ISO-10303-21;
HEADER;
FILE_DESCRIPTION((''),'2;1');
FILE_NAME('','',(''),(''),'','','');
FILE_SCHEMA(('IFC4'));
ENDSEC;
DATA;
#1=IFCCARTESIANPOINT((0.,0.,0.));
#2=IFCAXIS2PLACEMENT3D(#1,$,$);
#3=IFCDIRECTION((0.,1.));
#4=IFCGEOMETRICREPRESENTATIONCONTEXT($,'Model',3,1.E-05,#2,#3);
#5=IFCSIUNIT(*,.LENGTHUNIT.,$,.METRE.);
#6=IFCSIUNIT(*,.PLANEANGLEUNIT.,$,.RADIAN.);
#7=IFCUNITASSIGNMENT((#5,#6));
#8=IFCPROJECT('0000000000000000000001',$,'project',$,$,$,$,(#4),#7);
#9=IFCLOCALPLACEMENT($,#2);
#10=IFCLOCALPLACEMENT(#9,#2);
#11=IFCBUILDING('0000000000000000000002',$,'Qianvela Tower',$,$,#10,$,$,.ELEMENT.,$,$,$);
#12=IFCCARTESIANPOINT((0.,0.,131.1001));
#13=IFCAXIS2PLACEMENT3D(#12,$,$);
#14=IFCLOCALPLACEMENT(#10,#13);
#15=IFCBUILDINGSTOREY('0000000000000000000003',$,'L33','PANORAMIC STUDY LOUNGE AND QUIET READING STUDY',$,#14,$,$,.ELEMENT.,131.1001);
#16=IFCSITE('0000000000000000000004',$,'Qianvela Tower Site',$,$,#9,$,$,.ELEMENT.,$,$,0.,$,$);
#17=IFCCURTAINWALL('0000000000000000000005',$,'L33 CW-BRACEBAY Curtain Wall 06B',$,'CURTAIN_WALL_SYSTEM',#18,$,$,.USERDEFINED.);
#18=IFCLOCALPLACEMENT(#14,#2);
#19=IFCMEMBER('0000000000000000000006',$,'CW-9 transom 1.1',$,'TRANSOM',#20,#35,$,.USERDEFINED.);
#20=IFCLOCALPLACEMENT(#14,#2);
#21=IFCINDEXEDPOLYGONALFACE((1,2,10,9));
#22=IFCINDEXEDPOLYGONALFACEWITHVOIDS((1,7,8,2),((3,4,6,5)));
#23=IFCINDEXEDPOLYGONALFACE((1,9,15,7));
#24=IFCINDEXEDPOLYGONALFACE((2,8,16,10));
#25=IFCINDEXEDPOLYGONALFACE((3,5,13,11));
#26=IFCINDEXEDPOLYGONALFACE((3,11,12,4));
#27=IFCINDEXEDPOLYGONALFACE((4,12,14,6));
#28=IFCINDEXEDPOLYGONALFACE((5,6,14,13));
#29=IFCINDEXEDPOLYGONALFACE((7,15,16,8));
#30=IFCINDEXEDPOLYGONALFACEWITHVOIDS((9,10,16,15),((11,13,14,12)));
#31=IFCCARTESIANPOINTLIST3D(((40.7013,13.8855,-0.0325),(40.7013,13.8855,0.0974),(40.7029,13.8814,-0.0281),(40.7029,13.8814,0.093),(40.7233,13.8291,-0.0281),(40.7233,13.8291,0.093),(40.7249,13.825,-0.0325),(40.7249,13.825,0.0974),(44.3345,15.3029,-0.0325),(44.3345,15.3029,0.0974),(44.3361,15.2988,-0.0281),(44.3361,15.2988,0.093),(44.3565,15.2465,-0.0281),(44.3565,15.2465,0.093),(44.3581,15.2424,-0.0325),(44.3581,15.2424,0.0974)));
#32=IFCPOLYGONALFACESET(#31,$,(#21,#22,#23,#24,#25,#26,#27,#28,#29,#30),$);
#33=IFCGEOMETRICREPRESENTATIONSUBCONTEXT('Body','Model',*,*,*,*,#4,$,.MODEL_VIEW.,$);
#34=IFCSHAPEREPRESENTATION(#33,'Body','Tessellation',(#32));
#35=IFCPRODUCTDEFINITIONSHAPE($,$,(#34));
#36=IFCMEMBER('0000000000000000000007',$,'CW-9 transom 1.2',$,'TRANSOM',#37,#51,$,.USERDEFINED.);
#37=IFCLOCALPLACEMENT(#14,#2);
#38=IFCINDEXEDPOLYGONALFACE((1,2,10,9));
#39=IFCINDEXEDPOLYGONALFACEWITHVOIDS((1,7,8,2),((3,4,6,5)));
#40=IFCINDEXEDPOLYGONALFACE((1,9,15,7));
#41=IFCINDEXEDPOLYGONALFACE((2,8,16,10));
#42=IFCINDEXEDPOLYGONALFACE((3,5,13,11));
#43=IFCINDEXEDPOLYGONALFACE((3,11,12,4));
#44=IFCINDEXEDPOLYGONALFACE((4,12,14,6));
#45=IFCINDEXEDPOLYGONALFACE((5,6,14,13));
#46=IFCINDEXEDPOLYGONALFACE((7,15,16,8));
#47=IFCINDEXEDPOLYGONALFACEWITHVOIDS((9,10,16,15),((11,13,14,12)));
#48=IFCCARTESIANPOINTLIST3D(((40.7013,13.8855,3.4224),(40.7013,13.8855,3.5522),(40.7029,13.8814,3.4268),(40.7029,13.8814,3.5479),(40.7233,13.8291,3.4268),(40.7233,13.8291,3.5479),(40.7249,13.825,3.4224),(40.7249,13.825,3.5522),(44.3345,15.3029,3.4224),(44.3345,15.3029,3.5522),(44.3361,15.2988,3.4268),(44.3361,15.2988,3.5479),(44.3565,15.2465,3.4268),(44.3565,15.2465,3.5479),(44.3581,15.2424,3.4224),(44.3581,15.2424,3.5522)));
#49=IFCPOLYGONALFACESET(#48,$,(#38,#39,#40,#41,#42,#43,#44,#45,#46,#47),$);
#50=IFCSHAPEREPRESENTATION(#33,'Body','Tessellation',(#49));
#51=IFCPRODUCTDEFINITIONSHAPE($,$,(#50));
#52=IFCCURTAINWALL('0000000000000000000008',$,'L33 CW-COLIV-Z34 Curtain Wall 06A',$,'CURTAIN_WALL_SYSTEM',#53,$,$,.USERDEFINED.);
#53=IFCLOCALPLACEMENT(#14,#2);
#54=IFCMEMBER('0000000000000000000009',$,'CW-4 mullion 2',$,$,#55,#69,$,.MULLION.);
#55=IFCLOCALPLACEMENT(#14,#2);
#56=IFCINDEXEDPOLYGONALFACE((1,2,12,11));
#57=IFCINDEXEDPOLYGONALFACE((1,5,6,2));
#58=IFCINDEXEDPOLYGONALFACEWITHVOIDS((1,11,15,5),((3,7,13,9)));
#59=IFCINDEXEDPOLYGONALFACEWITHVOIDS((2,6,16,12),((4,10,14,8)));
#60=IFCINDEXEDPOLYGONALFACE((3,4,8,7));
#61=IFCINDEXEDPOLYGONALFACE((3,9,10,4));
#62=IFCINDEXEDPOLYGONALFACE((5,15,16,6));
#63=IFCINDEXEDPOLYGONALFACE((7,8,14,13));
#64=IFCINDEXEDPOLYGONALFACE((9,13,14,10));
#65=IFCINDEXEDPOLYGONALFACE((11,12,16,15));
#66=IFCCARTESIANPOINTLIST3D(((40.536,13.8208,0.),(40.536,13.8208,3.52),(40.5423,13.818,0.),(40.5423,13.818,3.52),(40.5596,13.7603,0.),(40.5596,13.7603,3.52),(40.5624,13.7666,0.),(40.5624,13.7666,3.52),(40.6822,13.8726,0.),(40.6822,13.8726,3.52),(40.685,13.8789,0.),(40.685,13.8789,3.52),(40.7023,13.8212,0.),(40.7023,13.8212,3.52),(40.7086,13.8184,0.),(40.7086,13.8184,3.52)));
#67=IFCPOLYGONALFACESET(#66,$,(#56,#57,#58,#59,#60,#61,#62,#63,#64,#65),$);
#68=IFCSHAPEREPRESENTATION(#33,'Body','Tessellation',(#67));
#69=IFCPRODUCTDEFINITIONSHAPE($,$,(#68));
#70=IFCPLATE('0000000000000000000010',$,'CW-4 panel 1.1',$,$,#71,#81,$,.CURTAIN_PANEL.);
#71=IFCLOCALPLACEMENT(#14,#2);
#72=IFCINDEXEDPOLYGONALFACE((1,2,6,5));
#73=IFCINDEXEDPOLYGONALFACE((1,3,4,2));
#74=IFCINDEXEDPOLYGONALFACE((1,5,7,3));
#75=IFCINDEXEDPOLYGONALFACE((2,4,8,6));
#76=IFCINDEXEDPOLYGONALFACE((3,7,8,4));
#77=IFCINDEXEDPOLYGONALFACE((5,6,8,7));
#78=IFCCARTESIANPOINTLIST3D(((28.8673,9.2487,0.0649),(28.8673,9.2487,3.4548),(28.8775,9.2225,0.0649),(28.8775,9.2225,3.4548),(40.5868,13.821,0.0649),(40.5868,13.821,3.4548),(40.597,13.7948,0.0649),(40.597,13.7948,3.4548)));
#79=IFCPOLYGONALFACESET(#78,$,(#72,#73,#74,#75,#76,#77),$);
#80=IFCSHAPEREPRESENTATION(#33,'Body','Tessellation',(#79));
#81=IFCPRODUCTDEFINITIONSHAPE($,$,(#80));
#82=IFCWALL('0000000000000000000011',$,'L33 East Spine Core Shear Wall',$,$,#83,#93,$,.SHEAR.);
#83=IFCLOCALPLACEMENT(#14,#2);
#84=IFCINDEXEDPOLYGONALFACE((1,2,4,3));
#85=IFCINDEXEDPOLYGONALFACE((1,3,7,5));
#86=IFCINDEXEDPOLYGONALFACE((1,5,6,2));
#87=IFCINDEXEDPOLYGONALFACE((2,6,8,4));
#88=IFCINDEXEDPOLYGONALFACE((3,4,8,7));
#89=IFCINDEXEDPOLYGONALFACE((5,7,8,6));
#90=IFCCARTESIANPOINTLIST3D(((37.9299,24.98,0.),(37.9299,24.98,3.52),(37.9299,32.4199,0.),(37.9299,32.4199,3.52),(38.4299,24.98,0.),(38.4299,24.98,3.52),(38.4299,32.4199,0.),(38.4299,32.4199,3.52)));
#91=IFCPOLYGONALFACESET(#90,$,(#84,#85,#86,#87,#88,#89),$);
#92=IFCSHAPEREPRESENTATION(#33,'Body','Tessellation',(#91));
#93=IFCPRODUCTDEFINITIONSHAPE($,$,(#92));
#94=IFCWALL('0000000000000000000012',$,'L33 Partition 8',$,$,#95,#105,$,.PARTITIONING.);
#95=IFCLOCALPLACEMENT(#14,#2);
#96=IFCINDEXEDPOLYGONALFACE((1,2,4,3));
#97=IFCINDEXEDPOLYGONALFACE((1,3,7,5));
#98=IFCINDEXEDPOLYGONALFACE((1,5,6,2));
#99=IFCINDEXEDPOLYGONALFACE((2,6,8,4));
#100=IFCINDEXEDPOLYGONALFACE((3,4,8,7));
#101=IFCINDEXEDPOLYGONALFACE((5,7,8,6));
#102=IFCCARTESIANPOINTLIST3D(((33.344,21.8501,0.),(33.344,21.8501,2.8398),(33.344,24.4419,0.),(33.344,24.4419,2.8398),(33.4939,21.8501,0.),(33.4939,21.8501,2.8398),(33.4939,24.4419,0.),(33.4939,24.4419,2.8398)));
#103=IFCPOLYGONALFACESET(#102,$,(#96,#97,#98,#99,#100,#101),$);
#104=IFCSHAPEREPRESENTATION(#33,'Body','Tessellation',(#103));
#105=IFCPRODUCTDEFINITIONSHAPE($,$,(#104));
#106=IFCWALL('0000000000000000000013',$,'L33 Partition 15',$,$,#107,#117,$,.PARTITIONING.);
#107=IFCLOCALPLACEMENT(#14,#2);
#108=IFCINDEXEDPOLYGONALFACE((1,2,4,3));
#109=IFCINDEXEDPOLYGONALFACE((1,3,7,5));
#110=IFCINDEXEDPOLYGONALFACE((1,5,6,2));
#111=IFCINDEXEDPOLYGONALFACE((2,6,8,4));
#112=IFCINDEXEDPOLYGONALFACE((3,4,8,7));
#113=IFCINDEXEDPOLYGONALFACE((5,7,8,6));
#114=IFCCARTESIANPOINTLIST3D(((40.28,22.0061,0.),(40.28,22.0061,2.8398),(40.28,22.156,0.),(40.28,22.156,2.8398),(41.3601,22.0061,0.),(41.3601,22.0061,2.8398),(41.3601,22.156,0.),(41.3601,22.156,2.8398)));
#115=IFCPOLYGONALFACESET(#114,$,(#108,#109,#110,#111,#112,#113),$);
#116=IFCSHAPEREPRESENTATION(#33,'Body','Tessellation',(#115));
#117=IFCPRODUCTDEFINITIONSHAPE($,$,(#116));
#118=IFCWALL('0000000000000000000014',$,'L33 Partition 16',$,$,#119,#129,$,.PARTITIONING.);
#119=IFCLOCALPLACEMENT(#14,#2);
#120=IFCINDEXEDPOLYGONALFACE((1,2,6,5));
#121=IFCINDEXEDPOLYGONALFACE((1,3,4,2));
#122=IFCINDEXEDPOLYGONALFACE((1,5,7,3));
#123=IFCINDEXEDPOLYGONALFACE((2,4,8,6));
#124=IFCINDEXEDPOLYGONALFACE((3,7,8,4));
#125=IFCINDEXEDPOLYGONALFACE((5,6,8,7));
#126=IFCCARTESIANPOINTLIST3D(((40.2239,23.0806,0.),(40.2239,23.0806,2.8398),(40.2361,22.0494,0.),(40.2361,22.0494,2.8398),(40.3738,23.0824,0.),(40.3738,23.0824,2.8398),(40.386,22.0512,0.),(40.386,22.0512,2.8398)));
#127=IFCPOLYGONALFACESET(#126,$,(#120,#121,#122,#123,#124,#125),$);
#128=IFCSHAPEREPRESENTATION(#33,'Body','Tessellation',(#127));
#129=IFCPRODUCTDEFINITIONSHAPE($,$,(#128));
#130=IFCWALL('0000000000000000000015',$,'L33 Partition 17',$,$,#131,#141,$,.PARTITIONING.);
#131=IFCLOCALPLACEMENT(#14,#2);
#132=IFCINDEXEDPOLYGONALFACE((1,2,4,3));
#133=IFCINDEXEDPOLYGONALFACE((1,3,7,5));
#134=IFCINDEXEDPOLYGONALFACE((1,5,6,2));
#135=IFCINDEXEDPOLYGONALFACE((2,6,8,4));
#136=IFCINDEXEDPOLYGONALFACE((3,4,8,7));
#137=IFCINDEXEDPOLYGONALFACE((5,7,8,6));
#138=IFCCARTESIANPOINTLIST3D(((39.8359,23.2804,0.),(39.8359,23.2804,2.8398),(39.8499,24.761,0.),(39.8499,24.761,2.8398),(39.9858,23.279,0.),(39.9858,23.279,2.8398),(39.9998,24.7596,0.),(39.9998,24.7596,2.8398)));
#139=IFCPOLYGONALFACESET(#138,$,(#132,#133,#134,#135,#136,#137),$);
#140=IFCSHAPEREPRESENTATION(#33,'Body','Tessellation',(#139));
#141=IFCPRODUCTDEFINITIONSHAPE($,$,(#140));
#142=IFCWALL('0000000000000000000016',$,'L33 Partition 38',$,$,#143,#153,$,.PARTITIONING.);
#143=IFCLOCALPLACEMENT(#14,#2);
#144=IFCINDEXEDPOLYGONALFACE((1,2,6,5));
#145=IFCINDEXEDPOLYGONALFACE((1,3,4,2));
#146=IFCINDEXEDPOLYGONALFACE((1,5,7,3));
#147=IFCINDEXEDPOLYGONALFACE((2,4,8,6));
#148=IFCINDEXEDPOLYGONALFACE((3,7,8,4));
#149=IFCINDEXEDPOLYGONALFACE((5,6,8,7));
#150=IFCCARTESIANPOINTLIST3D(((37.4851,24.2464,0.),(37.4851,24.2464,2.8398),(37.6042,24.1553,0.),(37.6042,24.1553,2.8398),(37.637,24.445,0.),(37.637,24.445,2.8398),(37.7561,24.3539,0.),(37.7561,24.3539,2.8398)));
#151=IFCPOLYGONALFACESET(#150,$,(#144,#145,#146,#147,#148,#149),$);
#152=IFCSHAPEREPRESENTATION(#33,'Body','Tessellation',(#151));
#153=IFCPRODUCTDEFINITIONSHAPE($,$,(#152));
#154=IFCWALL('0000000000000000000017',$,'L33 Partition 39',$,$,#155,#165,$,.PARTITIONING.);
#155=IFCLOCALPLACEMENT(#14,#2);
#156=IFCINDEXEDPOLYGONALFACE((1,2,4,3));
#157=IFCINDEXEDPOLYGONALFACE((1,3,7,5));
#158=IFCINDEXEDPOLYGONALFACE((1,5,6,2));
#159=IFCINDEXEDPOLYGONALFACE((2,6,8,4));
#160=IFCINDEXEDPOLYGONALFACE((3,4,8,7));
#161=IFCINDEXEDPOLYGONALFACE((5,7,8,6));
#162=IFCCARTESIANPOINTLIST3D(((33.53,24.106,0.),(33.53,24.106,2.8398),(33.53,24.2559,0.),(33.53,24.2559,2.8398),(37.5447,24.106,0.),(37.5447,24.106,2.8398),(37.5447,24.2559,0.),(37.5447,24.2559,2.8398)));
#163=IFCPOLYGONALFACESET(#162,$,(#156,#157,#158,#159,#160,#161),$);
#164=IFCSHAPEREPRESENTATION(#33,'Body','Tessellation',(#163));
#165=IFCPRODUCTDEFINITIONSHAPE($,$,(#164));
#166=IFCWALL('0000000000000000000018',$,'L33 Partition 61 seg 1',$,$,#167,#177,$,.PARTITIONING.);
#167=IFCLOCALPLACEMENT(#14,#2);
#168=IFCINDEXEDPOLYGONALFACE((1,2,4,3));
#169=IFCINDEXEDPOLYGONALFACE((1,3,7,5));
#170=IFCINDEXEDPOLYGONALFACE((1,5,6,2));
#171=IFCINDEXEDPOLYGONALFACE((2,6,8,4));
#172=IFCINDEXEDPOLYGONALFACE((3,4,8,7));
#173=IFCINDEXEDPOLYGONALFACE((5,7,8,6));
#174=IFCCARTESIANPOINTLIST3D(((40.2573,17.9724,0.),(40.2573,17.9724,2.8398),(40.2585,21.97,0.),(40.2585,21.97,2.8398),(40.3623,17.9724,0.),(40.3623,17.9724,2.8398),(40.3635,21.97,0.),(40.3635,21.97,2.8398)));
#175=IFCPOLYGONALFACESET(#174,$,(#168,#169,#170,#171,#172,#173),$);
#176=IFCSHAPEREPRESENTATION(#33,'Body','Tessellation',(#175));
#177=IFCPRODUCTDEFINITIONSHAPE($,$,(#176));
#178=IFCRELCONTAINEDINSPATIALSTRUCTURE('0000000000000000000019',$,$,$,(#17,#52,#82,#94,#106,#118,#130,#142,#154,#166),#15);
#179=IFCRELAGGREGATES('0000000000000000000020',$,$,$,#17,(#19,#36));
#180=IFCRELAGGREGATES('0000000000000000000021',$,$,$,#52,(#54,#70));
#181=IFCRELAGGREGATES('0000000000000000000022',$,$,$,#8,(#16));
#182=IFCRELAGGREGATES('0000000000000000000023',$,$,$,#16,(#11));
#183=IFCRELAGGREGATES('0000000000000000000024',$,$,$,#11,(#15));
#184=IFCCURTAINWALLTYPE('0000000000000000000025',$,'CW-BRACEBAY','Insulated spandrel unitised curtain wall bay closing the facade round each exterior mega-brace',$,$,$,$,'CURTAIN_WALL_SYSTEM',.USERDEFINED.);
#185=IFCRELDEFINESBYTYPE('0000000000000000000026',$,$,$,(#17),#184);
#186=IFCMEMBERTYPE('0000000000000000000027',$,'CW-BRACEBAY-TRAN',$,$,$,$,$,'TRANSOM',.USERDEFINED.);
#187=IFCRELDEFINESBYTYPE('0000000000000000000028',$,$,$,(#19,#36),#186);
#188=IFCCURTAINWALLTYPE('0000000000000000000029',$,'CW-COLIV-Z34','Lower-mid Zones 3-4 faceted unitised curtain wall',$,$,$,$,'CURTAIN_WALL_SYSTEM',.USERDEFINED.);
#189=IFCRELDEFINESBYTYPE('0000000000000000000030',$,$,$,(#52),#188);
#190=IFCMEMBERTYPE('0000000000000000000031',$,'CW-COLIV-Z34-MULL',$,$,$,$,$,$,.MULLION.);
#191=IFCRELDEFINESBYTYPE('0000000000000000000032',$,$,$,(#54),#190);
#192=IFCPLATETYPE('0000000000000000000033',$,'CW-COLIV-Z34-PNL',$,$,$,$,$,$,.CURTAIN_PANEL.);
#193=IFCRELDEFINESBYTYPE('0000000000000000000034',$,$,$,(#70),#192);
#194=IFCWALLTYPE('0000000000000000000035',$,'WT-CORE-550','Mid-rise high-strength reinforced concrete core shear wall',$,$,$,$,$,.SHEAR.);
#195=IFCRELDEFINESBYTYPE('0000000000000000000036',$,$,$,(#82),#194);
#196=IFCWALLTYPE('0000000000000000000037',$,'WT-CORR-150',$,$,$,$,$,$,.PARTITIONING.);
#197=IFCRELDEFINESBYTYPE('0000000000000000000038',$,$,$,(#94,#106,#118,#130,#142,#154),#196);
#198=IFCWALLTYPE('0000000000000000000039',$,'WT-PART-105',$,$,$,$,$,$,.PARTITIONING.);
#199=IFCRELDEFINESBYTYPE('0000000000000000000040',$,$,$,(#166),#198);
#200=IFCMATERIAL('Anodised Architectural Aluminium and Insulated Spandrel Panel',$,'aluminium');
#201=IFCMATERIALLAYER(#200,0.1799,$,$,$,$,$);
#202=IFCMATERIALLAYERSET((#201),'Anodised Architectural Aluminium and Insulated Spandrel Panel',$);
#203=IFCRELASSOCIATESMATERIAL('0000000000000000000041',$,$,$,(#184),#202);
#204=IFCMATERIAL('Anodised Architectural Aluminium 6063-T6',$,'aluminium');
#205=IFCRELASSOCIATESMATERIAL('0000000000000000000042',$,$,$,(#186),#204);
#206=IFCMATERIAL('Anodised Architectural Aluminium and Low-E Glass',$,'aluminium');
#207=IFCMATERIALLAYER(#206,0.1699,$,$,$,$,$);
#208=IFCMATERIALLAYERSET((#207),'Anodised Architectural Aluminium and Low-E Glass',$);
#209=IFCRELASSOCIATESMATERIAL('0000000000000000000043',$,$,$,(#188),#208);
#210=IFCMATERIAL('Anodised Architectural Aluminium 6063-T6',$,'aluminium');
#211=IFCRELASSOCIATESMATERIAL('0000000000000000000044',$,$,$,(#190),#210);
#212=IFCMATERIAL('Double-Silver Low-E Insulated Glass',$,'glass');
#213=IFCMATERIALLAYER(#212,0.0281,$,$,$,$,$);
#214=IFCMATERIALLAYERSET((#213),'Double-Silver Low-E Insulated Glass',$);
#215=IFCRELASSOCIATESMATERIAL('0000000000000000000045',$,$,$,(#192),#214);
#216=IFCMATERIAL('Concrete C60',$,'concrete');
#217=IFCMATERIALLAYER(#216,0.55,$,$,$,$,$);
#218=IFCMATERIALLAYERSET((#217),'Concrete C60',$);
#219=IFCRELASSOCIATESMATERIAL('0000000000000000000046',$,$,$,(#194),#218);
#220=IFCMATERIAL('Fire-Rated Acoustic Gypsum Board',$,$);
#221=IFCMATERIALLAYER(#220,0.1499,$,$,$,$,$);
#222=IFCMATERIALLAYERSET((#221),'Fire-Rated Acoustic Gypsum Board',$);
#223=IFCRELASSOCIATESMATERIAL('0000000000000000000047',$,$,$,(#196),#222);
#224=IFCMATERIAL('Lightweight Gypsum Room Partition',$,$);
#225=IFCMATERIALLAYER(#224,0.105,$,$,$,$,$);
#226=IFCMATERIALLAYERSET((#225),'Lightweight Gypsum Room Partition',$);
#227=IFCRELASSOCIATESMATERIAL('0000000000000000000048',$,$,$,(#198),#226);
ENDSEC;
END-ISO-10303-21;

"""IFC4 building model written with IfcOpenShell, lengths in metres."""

from ifc_helpers import new_model, si_unit, direction, frame, frame_2d, origin, origin_2d, place, context, subcontext, project, spatial, rectangle, hollow_rectangle, extrude, material, layer, layer_set, material_profile, profile_set, type_object, element, aggregate, save


model = new_model("IFC4")

# Units and contexts
model_context = context("Model", 3, precision=1e-05, world=origin(), true_north=direction((0.0, 1.0)))
body_context = subcontext(model_context, "Body", "Model", "MODEL_VIEW")
ifc_project = project(units=[si_unit("LENGTHUNIT", "METRE"), si_unit("PLANEANGLEUNIT", "RADIAN")], contexts=[model_context])

# Site, building, storey
site_placement = place(None, origin())
site = spatial("IfcSite", under=ifc_project, at=site_placement, Name="Qianvela Tower Site", CompositionType="ELEMENT", RefElevation=0.0)
building_placement = place(site_placement, origin())
building = spatial("IfcBuilding", under=site, at=building_placement, Name="Qianvela Tower", CompositionType="ELEMENT")
storey_placement = place(building_placement, frame((0.0, 0.0, 131.1001)))
storey = spatial("IfcBuildingStorey", under=building, at=storey_placement, Name="L33", Description="PANORAMIC STUDY LOUNGE AND QUIET READING STUDY", CompositionType="ELEMENT", Elevation=131.1001)

# Curtain wall, members
ifc_material_1 = material(Name="Anodised Architectural Aluminium and Insulated Spandrel Panel", Category="aluminium")
ifc_layer_1 = layer(ifc_material_1, 0.1799)
ifc_layer_set_1 = layer_set([ifc_layer_1], Name="Anodised Architectural Aluminium and Insulated Spandrel Panel")
curtain_wall_type_1 = type_object("IfcCurtainWallType", Name="CW-BRACEBAY", Description="Insulated spandrel unitised curtain wall bay closing the facade round each exterior mega-brace", ElementType="CURTAIN_WALL_SYSTEM", PredefinedType="USERDEFINED", material=ifc_layer_set_1)
curtain_wall_1_placement = place(storey_placement, origin())
curtain_wall_1 = element("IfcCurtainWall", 1, at=curtain_wall_1_placement, inside=storey, type_object=curtain_wall_type_1, Name="L33 CW-BRACEBAY Curtain Wall 06B", ObjectType="CURTAIN_WALL_SYSTEM", PredefinedType="USERDEFINED")
ifc_material_2 = material(Name="Anodised Architectural Aluminium 6063-T6", Category="aluminium")
ifc_material_profile_1 = material_profile(ifc_material_2, hollow_rectangle(XDim=0.0649, YDim=0.1299, WallThickness=0.0044, at=origin_2d()), Name="ALU-TRAN-65x130")
ifc_profile_set_1 = profile_set([ifc_material_profile_1], Name="Anodised Architectural Aluminium 6063-T6")
member_type_1 = type_object("IfcMemberType", Name="CW-BRACEBAY-TRAN", ElementType="TRANSOM", PredefinedType="USERDEFINED", material=ifc_profile_set_1)
member_1_placement = place(storey_placement, frame((40.7131, 13.8552, 0.0325), z_axis=(0.931612, 0.363455, 0.0), x_axis=(-0.363455, 0.931612, 0.0)))
member_1 = element("IfcMember", 2, at=member_1_placement, type_object=member_type_1, Name="CW-9 transom 1.1", ObjectType="TRANSOM", PredefinedType="USERDEFINED", context=body_context, shape_type="SweptSolid", body=[
    extrude(hollow_rectangle(XDim=0.0649, YDim=0.1299, WallThickness=0.0044, at=origin_2d()), origin(), (0.0, 0.0, 1.0), 3.8999),
])
member_2_placement = place(storey_placement, frame((40.7131, 13.8552, 3.4873), z_axis=(0.931612, 0.363455, 0.0), x_axis=(-0.363455, 0.931612, 0.0)))
member_2 = element("IfcMember", 3, at=member_2_placement, type_object=member_type_1, Name="CW-9 transom 1.2", ObjectType="TRANSOM", PredefinedType="USERDEFINED", context=body_context, shape_type="SweptSolid", body=[
    extrude(hollow_rectangle(XDim=0.0649, YDim=0.1299, WallThickness=0.0044, at=origin_2d()), origin(), (0.0, 0.0, 1.0), 3.8999),
])
aggregate(curtain_wall_1, [member_1, member_2])

# Curtain wall, member, plate
ifc_material_3 = material(Name="Anodised Architectural Aluminium and Low-E Glass", Category="aluminium")
ifc_layer_2 = layer(ifc_material_3, 0.1699)
ifc_layer_set_2 = layer_set([ifc_layer_2], Name="Anodised Architectural Aluminium and Low-E Glass")
curtain_wall_type_2 = type_object("IfcCurtainWallType", Name="CW-COLIV-Z34", Description="Lower-mid Zones 3-4 faceted unitised curtain wall", ElementType="CURTAIN_WALL_SYSTEM", PredefinedType="USERDEFINED", material=ifc_layer_set_2)
curtain_wall_2_placement = place(storey_placement, origin())
curtain_wall_2 = element("IfcCurtainWall", 4, at=curtain_wall_2_placement, inside=storey, type_object=curtain_wall_type_2, Name="L33 CW-COLIV-Z34 Curtain Wall 06A", ObjectType="CURTAIN_WALL_SYSTEM", PredefinedType="USERDEFINED")
ifc_material_4 = material(Name="Anodised Architectural Aluminium 6063-T6", Category="aluminium")
ifc_material_profile_2 = material_profile(ifc_material_4, hollow_rectangle(XDim=0.0649, YDim=0.1599, WallThickness=0.0049, at=origin_2d()), Name="ALU-MULL-65x160")
ifc_profile_set_2 = profile_set([ifc_material_profile_2], Name="Anodised Architectural Aluminium 6063-T6")
member_type_2 = type_object("IfcMemberType", Name="CW-COLIV-Z34-MULL", PredefinedType="MULLION", material=ifc_profile_set_2)
member_3_placement = place(storey_placement, frame((40.6223, 13.8196, 0.0), z_axis=(0.0, 0.0, 1.0), x_axis=(-0.363463, 0.931609, 0.0)))
member_3 = element("IfcMember", 5, at=member_3_placement, type_object=member_type_2, Name="CW-4 mullion 2", PredefinedType="MULLION", context=body_context, shape_type="SweptSolid", body=[
    extrude(hollow_rectangle(XDim=0.0649, YDim=0.1599, WallThickness=0.0049, at=origin_2d()), origin(), (0.0, 0.0, 1.0), 3.52),
])
ifc_material_5 = material(Name="Double-Silver Low-E Insulated Glass", Category="glass")
ifc_layer_3 = layer(ifc_material_5, 0.0281)
ifc_layer_set_3 = layer_set([ifc_layer_3], Name="Double-Silver Low-E Insulated Glass")
plate_type = type_object("IfcPlateType", Name="CW-COLIV-Z34-PNL", PredefinedType="CURTAIN_PANEL", material=ifc_layer_set_3)
plate_placement = place(storey_placement, frame((34.7322, 11.5217, 0.0649), z_axis=(0.0, 0.0, 1.0), x_axis=(0.931609, 0.363463, 0.0)))
plate = element("IfcPlate", 6, at=plate_placement, type_object=plate_type, Name="CW-4 panel 1.1", PredefinedType="CURTAIN_PANEL", context=body_context, shape_type="SweptSolid", body=[
    extrude(rectangle(XDim=12.5798, YDim=0.0281, at=origin_2d()), origin(), (0.0, 0.0, 1.0), 3.3899),
])
aggregate(curtain_wall_2, [member_3, plate])

# Wall
ifc_material_6 = material(Name="Concrete C60", Category="concrete")
ifc_layer_4 = layer(ifc_material_6, 0.55)
ifc_layer_set_4 = layer_set([ifc_layer_4], Name="Concrete C60")
wall_type_1 = type_object("IfcWallType", Name="WT-CORE-550", Description="Mid-rise high-strength reinforced concrete core shear wall", PredefinedType="SHEAR", material=ifc_layer_set_4)
wall_1_placement = place(storey_placement, frame((38.1799, 24.98, 0.0), z_axis=(0.0, 0.0, 1.0), x_axis=(0.0, 1.0, 0.0)))
element("IfcWall", 7, at=wall_1_placement, inside=storey, type_object=wall_type_1, Name="L33 East Spine Core Shear Wall", PredefinedType="SHEAR", context=body_context, shape_type="SweptSolid", body=[
    extrude(rectangle(XDim=7.4399, YDim=0.5, at=frame_2d((3.72, 0.0))), origin(), (0.0, 0.0, 1.0), 3.52),
])

# Shared definitions
ifc_material_7 = material(Name="Fire-Rated Acoustic Gypsum Board")
ifc_layer_5 = layer(ifc_material_7, 0.1499)
ifc_layer_set_5 = layer_set([ifc_layer_5], Name="Fire-Rated Acoustic Gypsum Board")
wall_type_2 = type_object("IfcWallType", Name="WT-CORR-150", PredefinedType="PARTITIONING", material=ifc_layer_set_5)

# Walls
wall_2_placement = place(storey_placement, frame((33.4189, 24.4419, 0.0), z_axis=(0.0, 0.0, 1.0), x_axis=(0.0, -1.0, 0.0)))
element("IfcWall", 8, at=wall_2_placement, inside=storey, type_object=wall_type_2, Name="L33 Partition 8", PredefinedType="PARTITIONING", context=body_context, shape_type="SweptSolid", body=[
    extrude(rectangle(XDim=2.5918, YDim=0.1499, at=frame_2d((1.2959, 0.0))), origin(), (0.0, 0.0, 1.0), 2.8398),
])
wall_3_placement = place(storey_placement, frame((41.3601, 22.0811, 0.0), z_axis=(0.0, 0.0, 1.0), x_axis=(-1.0, 0.0, 0.0)))
element("IfcWall", 9, at=wall_3_placement, inside=storey, type_object=wall_type_2, Name="L33 Partition 15", PredefinedType="PARTITIONING", context=body_context, shape_type="SweptSolid", body=[
    extrude(rectangle(XDim=1.0801, YDim=0.1499, at=frame_2d((0.54, 0.0))), origin(), (0.0, 0.0, 1.0), 2.8398),
])
wall_4_placement = place(storey_placement, frame((40.311, 22.0503, 0.0), z_axis=(0.0, 0.0, 1.0), x_axis=(-0.011836, 0.99993, 0.0)))
element("IfcWall", 10, at=wall_4_placement, inside=storey, type_object=wall_type_2, Name="L33 Partition 16", PredefinedType="PARTITIONING", context=body_context, shape_type="SweptSolid", body=[
    extrude(rectangle(XDim=1.0312, YDim=0.1499, at=frame_2d((0.5156, 0.0))), origin(), (0.0, 0.0, 1.0), 2.8398),
])
wall_5_placement = place(storey_placement, frame((39.9109, 23.2798, 0.0), z_axis=(0.0, 0.0, 1.0), x_axis=(0.009398, 0.999956, 0.0)))
element("IfcWall", 11, at=wall_5_placement, inside=storey, type_object=wall_type_2, Name="L33 Partition 17", PredefinedType="PARTITIONING", context=body_context, shape_type="SweptSolid", body=[
    extrude(rectangle(XDim=1.4807, YDim=0.1499, at=frame_2d((0.7402, 0.0))), origin(), (0.0, 0.0, 1.0), 2.8398),
])
wall_6_placement = place(storey_placement, frame((37.6965, 24.3994, 0.0), z_axis=(0.0, 0.0, 1.0), x_axis=(-0.607631, -0.794219, 0.0)))
element("IfcWall", 12, at=wall_6_placement, inside=storey, type_object=wall_type_2, Name="L33 Partition 38", PredefinedType="PARTITIONING", context=body_context, shape_type="SweptSolid", body=[
    extrude(rectangle(XDim=0.25, YDim=0.1499, at=frame_2d((0.125, 0.0))), origin(), (0.0, 0.0, 1.0), 2.8398),
])
wall_7_placement = place(storey_placement, frame((37.5447, 24.1809, 0.0), z_axis=(0.0, 0.0, 1.0), x_axis=(-1.0, 0.0, 0.0)))
element("IfcWall", 13, at=wall_7_placement, inside=storey, type_object=wall_type_2, Name="L33 Partition 39", PredefinedType="PARTITIONING", context=body_context, shape_type="SweptSolid", body=[
    extrude(rectangle(XDim=4.0146, YDim=0.1499, at=frame_2d((2.0073, 0.0))), origin(), (0.0, 0.0, 1.0), 2.8398),
])
ifc_material_8 = material(Name="Lightweight Gypsum Room Partition")
ifc_layer_6 = layer(ifc_material_8, 0.105)
ifc_layer_set_6 = layer_set([ifc_layer_6], Name="Lightweight Gypsum Room Partition")
wall_type_3 = type_object("IfcWallType", Name="WT-PART-105", PredefinedType="PARTITIONING", material=ifc_layer_set_6)
wall_8_placement = place(storey_placement, frame((40.3098, 17.9724, 0.0), z_axis=(0.0, 0.0, 1.0), x_axis=(0.000305, 1.0, 0.0)))
element("IfcWall", 14, at=wall_8_placement, inside=storey, type_object=wall_type_3, Name="L33 Partition 61 seg 1", PredefinedType="PARTITIONING", context=body_context, shape_type="SweptSolid", body=[
    extrude(rectangle(XDim=3.9976, YDim=0.105, at=frame_2d((1.9988, 0.0))), origin(), (0.0, 0.0, 1.0), 2.8398),
])

save(model, "model.ifc")
